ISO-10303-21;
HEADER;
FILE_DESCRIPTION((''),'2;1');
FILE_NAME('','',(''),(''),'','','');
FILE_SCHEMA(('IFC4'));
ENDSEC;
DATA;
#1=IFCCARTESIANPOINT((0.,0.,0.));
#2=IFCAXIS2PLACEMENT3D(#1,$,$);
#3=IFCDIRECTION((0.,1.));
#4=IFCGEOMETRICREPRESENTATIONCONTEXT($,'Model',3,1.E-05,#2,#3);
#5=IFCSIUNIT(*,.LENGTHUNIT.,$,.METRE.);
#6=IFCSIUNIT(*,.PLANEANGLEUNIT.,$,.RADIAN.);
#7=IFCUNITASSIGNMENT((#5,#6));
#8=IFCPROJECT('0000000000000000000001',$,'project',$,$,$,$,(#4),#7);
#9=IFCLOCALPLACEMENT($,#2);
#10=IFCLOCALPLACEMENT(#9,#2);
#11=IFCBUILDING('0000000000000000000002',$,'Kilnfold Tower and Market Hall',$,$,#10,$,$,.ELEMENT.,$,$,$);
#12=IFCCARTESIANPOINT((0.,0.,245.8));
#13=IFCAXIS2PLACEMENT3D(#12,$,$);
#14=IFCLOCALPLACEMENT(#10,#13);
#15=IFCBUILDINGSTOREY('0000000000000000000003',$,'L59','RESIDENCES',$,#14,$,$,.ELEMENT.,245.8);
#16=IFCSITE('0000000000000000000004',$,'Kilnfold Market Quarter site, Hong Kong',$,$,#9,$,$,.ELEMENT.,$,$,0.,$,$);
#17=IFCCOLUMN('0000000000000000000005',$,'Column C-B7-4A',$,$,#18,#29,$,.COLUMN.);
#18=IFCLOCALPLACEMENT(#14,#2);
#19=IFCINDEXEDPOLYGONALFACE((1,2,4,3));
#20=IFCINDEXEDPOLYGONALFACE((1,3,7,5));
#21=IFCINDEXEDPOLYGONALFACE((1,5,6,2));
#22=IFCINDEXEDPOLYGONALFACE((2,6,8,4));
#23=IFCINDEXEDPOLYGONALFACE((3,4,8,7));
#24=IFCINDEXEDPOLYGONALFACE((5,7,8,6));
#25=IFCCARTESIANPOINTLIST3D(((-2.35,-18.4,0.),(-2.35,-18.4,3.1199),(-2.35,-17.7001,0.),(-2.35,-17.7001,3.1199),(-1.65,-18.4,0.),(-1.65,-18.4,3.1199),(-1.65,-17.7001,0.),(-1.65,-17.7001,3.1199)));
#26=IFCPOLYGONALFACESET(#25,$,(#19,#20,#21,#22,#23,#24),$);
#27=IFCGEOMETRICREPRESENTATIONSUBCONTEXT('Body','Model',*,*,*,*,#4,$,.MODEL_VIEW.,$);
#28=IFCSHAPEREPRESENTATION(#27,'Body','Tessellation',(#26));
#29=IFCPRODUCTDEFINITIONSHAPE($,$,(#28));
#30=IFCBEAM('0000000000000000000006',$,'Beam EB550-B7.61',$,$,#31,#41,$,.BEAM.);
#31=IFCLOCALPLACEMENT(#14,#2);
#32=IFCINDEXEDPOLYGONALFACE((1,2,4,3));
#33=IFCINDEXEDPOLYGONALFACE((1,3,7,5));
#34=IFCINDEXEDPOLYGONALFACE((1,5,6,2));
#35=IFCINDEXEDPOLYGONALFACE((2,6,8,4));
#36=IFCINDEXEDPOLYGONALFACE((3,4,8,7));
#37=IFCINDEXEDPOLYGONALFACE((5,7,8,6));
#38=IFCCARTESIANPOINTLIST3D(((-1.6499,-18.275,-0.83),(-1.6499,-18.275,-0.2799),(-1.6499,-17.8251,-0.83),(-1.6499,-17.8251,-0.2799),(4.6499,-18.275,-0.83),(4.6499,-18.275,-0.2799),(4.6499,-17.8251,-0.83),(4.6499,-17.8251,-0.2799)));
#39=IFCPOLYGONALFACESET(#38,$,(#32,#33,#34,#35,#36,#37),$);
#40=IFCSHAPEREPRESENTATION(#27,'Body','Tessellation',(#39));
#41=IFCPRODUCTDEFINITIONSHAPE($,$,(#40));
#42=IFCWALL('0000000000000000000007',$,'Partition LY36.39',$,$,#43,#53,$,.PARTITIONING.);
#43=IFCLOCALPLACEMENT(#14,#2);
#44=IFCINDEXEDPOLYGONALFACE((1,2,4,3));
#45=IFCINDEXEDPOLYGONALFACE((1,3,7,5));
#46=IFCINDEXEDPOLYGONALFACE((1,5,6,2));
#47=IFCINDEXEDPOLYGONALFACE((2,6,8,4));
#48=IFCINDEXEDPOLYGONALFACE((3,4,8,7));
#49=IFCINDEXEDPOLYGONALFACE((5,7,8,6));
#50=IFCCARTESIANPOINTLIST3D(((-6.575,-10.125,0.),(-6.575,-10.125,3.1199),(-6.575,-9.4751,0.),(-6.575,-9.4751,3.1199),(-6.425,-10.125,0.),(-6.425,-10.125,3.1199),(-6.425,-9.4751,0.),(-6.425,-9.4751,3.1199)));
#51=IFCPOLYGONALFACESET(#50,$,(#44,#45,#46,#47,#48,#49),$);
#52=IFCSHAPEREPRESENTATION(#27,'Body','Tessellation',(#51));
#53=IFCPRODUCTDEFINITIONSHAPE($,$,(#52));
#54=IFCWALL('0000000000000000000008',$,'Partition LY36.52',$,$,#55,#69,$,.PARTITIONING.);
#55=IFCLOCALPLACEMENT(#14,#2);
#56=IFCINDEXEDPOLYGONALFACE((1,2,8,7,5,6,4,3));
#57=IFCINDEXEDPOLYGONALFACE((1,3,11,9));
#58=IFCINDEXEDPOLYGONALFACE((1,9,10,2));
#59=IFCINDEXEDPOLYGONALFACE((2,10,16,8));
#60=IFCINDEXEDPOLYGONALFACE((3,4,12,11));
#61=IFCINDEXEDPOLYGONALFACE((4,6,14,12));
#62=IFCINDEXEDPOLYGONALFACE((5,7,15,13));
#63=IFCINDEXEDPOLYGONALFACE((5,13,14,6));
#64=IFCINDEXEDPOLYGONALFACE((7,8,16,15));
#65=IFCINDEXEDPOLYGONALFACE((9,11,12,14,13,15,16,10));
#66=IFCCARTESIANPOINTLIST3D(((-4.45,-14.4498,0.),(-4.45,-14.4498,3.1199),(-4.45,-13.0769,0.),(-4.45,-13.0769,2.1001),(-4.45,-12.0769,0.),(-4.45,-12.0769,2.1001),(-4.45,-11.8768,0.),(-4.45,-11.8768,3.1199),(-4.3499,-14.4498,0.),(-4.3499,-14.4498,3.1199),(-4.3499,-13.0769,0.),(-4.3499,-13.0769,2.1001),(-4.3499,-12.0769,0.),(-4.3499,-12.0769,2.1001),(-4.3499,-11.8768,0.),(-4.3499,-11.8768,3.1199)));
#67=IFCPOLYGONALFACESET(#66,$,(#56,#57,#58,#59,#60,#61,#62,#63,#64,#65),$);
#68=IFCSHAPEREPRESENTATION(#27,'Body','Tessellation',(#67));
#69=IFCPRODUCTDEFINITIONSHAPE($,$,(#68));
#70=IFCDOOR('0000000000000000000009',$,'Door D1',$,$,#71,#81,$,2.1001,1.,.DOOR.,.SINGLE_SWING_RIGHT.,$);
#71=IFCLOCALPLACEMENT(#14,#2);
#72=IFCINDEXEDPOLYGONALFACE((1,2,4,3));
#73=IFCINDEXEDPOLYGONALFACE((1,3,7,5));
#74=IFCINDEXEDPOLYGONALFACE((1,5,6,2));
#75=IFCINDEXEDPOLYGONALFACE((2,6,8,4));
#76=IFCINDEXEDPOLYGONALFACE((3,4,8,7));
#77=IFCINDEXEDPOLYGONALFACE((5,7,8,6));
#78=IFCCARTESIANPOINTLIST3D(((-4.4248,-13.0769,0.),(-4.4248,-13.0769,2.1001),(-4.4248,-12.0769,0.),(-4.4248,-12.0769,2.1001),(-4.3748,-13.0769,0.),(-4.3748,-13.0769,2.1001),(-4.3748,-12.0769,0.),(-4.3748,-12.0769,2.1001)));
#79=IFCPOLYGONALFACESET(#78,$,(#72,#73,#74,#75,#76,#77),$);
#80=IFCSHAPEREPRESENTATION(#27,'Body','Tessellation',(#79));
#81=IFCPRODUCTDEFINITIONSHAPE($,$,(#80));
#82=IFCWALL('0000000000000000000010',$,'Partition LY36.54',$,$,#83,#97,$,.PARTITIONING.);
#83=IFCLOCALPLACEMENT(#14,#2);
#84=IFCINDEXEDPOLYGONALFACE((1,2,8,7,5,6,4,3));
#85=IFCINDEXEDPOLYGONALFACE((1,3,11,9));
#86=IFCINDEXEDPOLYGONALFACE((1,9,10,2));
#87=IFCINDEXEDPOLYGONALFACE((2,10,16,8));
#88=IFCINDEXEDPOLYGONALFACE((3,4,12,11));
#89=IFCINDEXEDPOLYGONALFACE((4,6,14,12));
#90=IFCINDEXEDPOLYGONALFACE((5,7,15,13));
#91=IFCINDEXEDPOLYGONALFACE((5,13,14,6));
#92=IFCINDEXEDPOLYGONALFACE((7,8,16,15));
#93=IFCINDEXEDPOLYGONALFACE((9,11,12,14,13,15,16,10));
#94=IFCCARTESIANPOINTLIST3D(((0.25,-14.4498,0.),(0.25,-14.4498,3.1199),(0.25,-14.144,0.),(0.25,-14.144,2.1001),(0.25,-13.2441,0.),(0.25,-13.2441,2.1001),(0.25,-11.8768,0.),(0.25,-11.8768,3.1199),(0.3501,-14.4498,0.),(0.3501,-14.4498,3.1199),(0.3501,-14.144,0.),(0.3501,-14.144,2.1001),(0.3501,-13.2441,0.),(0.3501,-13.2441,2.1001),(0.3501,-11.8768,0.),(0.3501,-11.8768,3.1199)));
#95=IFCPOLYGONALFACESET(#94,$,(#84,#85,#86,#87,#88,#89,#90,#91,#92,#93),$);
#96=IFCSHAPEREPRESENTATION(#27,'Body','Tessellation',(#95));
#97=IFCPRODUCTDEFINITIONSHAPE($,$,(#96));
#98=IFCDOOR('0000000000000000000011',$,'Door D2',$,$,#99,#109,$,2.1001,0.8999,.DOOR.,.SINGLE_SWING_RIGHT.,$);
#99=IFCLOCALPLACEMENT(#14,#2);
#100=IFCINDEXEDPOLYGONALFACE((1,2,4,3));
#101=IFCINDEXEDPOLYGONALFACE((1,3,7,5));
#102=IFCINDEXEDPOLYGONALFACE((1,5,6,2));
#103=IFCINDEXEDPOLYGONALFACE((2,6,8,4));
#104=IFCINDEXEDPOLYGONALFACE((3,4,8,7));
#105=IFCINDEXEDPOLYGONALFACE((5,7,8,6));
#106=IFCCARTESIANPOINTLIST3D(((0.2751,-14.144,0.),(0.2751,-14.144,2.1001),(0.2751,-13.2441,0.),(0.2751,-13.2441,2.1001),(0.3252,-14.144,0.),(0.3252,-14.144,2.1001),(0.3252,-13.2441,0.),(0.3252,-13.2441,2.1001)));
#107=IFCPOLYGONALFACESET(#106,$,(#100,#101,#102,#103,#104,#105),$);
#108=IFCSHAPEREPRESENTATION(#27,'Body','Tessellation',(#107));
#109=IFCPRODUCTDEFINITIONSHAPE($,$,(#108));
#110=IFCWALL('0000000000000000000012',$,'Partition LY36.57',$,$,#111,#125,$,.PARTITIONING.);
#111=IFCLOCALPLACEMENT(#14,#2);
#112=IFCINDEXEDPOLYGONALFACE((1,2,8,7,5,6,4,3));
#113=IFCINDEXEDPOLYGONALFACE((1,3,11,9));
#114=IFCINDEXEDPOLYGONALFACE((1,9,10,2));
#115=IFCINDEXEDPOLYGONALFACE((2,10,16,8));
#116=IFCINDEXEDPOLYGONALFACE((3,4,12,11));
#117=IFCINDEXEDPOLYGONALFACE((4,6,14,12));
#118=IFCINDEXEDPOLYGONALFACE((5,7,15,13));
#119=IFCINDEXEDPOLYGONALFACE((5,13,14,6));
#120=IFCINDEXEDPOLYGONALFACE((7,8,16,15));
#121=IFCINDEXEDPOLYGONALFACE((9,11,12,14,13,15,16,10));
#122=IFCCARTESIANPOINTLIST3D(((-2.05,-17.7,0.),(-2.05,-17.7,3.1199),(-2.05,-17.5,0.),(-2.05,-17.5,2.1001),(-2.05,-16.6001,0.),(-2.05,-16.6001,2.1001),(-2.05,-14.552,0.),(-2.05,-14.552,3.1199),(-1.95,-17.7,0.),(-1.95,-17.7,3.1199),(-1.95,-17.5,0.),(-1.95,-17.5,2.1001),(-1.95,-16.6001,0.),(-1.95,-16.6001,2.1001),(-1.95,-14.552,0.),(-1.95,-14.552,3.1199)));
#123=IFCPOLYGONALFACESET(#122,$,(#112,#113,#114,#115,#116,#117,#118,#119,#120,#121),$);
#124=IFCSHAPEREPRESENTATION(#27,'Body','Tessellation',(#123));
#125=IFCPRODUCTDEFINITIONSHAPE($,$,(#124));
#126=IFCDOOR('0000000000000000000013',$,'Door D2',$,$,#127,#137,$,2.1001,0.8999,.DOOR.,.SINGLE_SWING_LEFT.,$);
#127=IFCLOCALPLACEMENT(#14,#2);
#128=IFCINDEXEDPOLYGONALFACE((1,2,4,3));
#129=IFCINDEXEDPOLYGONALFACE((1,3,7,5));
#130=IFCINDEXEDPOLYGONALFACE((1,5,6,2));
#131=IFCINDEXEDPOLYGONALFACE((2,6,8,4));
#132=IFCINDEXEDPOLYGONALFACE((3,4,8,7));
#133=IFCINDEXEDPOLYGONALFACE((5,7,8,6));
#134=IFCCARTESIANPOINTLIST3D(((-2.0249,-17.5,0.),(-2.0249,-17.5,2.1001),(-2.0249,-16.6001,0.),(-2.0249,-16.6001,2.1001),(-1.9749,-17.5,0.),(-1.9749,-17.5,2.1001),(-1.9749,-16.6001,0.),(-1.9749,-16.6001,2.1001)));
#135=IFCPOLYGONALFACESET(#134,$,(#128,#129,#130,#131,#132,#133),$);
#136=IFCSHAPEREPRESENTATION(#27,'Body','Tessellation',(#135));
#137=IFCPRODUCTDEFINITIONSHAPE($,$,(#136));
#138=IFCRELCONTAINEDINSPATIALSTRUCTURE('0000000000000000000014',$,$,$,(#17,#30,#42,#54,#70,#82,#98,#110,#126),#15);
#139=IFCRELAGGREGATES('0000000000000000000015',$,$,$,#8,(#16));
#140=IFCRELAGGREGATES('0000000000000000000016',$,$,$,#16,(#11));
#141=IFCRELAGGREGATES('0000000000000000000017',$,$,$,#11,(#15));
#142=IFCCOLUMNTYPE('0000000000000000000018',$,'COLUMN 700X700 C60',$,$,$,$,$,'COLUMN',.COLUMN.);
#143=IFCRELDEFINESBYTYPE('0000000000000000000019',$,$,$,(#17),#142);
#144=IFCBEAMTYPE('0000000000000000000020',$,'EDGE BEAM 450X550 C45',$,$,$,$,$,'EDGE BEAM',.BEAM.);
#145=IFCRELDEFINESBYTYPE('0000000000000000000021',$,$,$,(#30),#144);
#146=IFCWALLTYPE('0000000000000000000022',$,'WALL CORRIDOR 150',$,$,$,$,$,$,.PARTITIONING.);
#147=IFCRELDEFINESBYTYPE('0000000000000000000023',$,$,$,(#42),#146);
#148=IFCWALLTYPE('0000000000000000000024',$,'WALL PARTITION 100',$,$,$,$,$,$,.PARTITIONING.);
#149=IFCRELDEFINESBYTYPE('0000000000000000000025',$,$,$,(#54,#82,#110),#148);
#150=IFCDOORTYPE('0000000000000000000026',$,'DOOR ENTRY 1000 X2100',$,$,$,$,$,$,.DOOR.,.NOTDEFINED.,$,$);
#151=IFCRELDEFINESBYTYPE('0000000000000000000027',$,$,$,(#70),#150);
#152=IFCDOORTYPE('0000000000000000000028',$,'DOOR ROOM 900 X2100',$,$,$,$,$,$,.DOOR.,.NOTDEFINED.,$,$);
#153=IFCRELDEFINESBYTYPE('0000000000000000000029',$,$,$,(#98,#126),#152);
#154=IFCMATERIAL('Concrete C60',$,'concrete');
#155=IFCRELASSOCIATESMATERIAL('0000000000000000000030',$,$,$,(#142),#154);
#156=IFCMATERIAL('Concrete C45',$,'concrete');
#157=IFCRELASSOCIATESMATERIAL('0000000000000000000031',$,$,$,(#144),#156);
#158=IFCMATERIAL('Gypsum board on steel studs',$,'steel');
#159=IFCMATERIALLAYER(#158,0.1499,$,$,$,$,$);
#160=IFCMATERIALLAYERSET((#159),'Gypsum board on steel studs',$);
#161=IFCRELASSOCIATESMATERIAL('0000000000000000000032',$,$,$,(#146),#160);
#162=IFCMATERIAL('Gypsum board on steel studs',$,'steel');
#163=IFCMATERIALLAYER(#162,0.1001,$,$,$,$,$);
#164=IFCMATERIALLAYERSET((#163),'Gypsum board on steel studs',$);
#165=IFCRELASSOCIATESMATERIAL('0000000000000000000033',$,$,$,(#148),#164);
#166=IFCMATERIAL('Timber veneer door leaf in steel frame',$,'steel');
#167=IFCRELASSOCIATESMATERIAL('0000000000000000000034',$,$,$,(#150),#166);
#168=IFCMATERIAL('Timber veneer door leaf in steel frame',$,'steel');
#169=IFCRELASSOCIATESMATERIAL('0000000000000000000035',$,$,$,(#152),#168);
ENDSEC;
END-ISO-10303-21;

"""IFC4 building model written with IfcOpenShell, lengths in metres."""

from ifc_helpers import new_model, si_unit, direction, frame, frame_2d, origin, origin_2d, place, context, subcontext, project, spatial, rectangle, extrude, source, transform, mapped, material, layer, layer_set, material_profile, profile_set, type_object, element, fill, save


model = new_model("IFC4")

# Units and contexts
model_context = context("Model", 3, precision=1e-05, world=origin(), true_north=direction((0.0, 1.0)))
body_context = subcontext(model_context, "Body", "Model", "MODEL_VIEW")
ifc_project = project(units=[si_unit("LENGTHUNIT", "METRE"), si_unit("PLANEANGLEUNIT", "RADIAN")], contexts=[model_context])

# Site, building, storey
site_placement = place(None, origin())
site = spatial("IfcSite", under=ifc_project, at=site_placement, Name="Kilnfold Market Quarter site, Hong Kong", CompositionType="ELEMENT", RefElevation=0.0)
building_placement = place(site_placement, origin())
building = spatial("IfcBuilding", under=site, at=building_placement, Name="Kilnfold Tower and Market Hall", CompositionType="ELEMENT")
storey_placement = place(building_placement, frame((0.0, 0.0, 245.8)))
storey = spatial("IfcBuildingStorey", under=building, at=storey_placement, Name="L59", Description="RESIDENCES", CompositionType="ELEMENT", Elevation=245.8)

# Column
ifc_material_1 = material(Name="Concrete C60", Category="concrete")
ifc_material_profile_1 = material_profile(ifc_material_1, rectangle(XDim=0.7, YDim=0.7, at=origin_2d()), Name="RC 700x700")
ifc_profile_set_1 = profile_set([ifc_material_profile_1], Name="Concrete C60")
column_type = type_object("IfcColumnType", Name="COLUMN 700X700 C60", ElementType="COLUMN", PredefinedType="COLUMN", material=ifc_profile_set_1)
shared_shape_1 = source(origin(), body_context, "Body", "SweptSolid", [
    extrude(rectangle(XDim=0.7, YDim=0.7, at=origin_2d()), origin(), (0.0, 0.0, 1.0), 3.1199),
])
column_placement = place(storey_placement, frame((-2.0, -18.05, 0.0), z_axis=(0.0, 0.0, 1.0), x_axis=(1.0, 0.0, 0.0)))
element("IfcColumn", 1, at=column_placement, inside=storey, type_object=column_type, Name="Column C-B7-4A", PredefinedType="COLUMN", context=body_context, shape_type="MappedRepresentation", body=[
    mapped(shared_shape_1, transform((0.0, 0.0, 0.0))),
])

# Beam
ifc_material_2 = material(Name="Concrete C45", Category="concrete")
ifc_material_profile_2 = material_profile(ifc_material_2, rectangle(XDim=0.45, YDim=0.55, at=origin_2d()), Name="RC 450x550")
ifc_profile_set_2 = profile_set([ifc_material_profile_2], Name="Concrete C45")
beam_type = type_object("IfcBeamType", Name="EDGE BEAM 450X550 C45", ElementType="EDGE BEAM", PredefinedType="BEAM", material=ifc_profile_set_2)
shared_shape_2 = source(origin(), body_context, "Body", "SweptSolid", [
    extrude(rectangle(XDim=0.45, YDim=0.55, at=origin_2d()), origin(), (0.0, 0.0, 1.0), 6.2998),
])
beam_placement = place(storey_placement, frame((-1.6499, -18.05, -0.5549), z_axis=(1.0, 0.0, 0.0), x_axis=(0.0, 1.0, 0.0)))
element("IfcBeam", 2, at=beam_placement, inside=storey, type_object=beam_type, Name="Beam EB550-B7.61", PredefinedType="BEAM", context=body_context, shape_type="MappedRepresentation", body=[
    mapped(shared_shape_2, transform((0.0, 0.0, 0.0))),
])

# Wall
ifc_material_3 = material(Name="Gypsum board on steel studs", Category="steel")
ifc_layer_1 = layer(ifc_material_3, 0.1499)
ifc_layer_set_1 = layer_set([ifc_layer_1], Name="Gypsum board on steel studs")
wall_type_1 = type_object("IfcWallType", Name="WALL CORRIDOR 150", PredefinedType="PARTITIONING", material=ifc_layer_set_1)
wall_1_placement = place(storey_placement, frame((-6.5, -10.125, 0.0), z_axis=(0.0, 0.0, 1.0), x_axis=(0.0, 1.0, 0.0)))
element("IfcWall", 3, at=wall_1_placement, inside=storey, type_object=wall_type_1, Name="Partition LY36.39", PredefinedType="PARTITIONING", context=body_context, shape_type="SweptSolid", body=[
    extrude(rectangle(XDim=0.6499, YDim=0.1499, at=frame_2d((0.325, 0.0))), origin(), (0.0, 0.0, 1.0), 3.1199),
])

# Walls, openings, doors
ifc_material_4 = material(Name="Gypsum board on steel studs", Category="steel")
ifc_layer_2 = layer(ifc_material_4, 0.1001)
ifc_layer_set_2 = layer_set([ifc_layer_2], Name="Gypsum board on steel studs")
wall_type_2 = type_object("IfcWallType", Name="WALL PARTITION 100", PredefinedType="PARTITIONING", material=ifc_layer_set_2)
wall_2_placement = place(storey_placement, frame((-4.3999, -14.45, 0.0), z_axis=(0.0, 0.0, 1.0), x_axis=(0.0, 1.0, 0.0)))
wall_2 = element("IfcWall", 4, at=wall_2_placement, inside=storey, type_object=wall_type_2, Name="Partition LY36.52", PredefinedType="PARTITIONING", context=body_context, shape_type="SweptSolid", body=[
    extrude(rectangle(XDim=2.573, YDim=0.1001, at=frame_2d((1.2866, 0.0))), origin(), (0.0, 0.0, 1.0), 3.1199),
])
opening_1_placement = place(wall_2_placement, frame((1.373, 0.0, 0.0)))
opening_1 = element("IfcOpeningElement", 5, at=opening_1_placement, cuts=wall_2, PredefinedType="OPENING", context=body_context, shape_type="SweptSolid", body=[
    extrude(rectangle(XDim=1.0, YDim=2.1001, at=frame_2d((0.5, 1.05))), frame((0.0, 0.0601, 0.0), z_axis=(0.0, -1.0, 0.0), x_axis=(1.0, 0.0, 0.0)), (0.0, 0.0, 1.0), 0.1201),
])
ifc_material_5 = material(Name="Timber veneer door leaf in steel frame", Category="steel")
door_type_1 = type_object("IfcDoorType", Name="DOOR ENTRY 1000 X2100", OperationType="NOTDEFINED", PredefinedType="DOOR", material=ifc_material_5)
door_1_placement = place(opening_1_placement, origin())
door_1 = element("IfcDoor", 6, at=door_1_placement, inside=storey, type_object=door_type_1, Name="Door D1", OperationType="SINGLE_SWING_RIGHT", OverallHeight=2.1001, OverallWidth=1.0, PredefinedType="DOOR", context=body_context, shape_type="SweptSolid", body=[
    extrude(rectangle(XDim=1.0, YDim=2.1001, at=frame_2d((0.5, 1.05))), frame((0.0, 0.0249, 0.0), z_axis=(0.0, -1.0, 0.0), x_axis=(1.0, 0.0, 0.0)), (0.0, 0.0, 1.0), 0.05),
])
fill(opening_1, door_1)
wall_3_placement = place(storey_placement, frame((0.3, -14.45, 0.0), z_axis=(0.0, 0.0, 1.0), x_axis=(0.0, 1.0, 0.0)))
wall_3 = element("IfcWall", 7, at=wall_3_placement, inside=storey, type_object=wall_type_2, Name="Partition LY36.54", PredefinedType="PARTITIONING", context=body_context, shape_type="SweptSolid", body=[
    extrude(rectangle(XDim=2.573, YDim=0.1001, at=frame_2d((1.2866, 0.0))), origin(), (0.0, 0.0, 1.0), 3.1199),
])
opening_2_placement = place(wall_3_placement, frame((0.3059, 0.0, 0.0)))
opening_2 = element("IfcOpeningElement", 8, at=opening_2_placement, cuts=wall_3, PredefinedType="OPENING", context=body_context, shape_type="SweptSolid", body=[
    extrude(rectangle(XDim=0.8999, YDim=2.1001, at=frame_2d((0.45, 1.05))), frame((0.0, 0.0601, 0.0), z_axis=(0.0, -1.0, 0.0), x_axis=(1.0, 0.0, 0.0)), (0.0, 0.0, 1.0), 0.1201),
])
ifc_material_6 = material(Name="Timber veneer door leaf in steel frame", Category="steel")
door_type_2 = type_object("IfcDoorType", Name="DOOR ROOM 900 X2100", OperationType="NOTDEFINED", PredefinedType="DOOR", material=ifc_material_6)
door_2_placement = place(opening_2_placement, origin())
door_2 = element("IfcDoor", 9, at=door_2_placement, inside=storey, type_object=door_type_2, Name="Door D2", OperationType="SINGLE_SWING_RIGHT", OverallHeight=2.1001, OverallWidth=0.8999, PredefinedType="DOOR", context=body_context, shape_type="SweptSolid", body=[
    extrude(rectangle(XDim=0.8999, YDim=2.1001, at=frame_2d((0.45, 1.05))), frame((0.0, 0.0249, 0.0), z_axis=(0.0, -1.0, 0.0), x_axis=(1.0, 0.0, 0.0)), (0.0, 0.0, 1.0), 0.05),
])
fill(opening_2, door_2)
wall_4_placement = place(storey_placement, frame((-2.0, -17.7, 0.0), z_axis=(0.0, 0.0, 1.0), x_axis=(0.0, 1.0, 0.0)))
wall_4 = element("IfcWall", 10, at=wall_4_placement, inside=storey, type_object=wall_type_2, Name="Partition LY36.57", PredefinedType="PARTITIONING", context=body_context, shape_type="SweptSolid", body=[
    extrude(rectangle(XDim=3.1479, YDim=0.1001, at=frame_2d((1.574, 0.0))), origin(), (0.0, 0.0, 1.0), 3.1199),
])
opening_3_placement = place(wall_4_placement, frame((0.2, 0.0, 0.0)))
opening_3 = element("IfcOpeningElement", 11, at=opening_3_placement, cuts=wall_4, PredefinedType="OPENING", context=body_context, shape_type="SweptSolid", body=[
    extrude(rectangle(XDim=0.8999, YDim=2.1001, at=frame_2d((0.45, 1.05))), frame((0.0, 0.0601, 0.0), z_axis=(0.0, -1.0, 0.0), x_axis=(1.0, 0.0, 0.0)), (0.0, 0.0, 1.0), 0.1201),
])
door_3_placement = place(opening_3_placement, origin())
door_3 = element("IfcDoor", 12, at=door_3_placement, inside=storey, type_object=door_type_2, Name="Door D2", OperationType="SINGLE_SWING_LEFT", OverallHeight=2.1001, OverallWidth=0.8999, PredefinedType="DOOR", context=body_context, shape_type="SweptSolid", body=[
    extrude(rectangle(XDim=0.8999, YDim=2.1001, at=frame_2d((0.45, 1.05))), frame((0.0, 0.0249, 0.0), z_axis=(0.0, -1.0, 0.0), x_axis=(1.0, 0.0, 0.0)), (0.0, 0.0, 1.0), 0.05),
])
fill(opening_3, door_3)

save(model, "model.ifc")
